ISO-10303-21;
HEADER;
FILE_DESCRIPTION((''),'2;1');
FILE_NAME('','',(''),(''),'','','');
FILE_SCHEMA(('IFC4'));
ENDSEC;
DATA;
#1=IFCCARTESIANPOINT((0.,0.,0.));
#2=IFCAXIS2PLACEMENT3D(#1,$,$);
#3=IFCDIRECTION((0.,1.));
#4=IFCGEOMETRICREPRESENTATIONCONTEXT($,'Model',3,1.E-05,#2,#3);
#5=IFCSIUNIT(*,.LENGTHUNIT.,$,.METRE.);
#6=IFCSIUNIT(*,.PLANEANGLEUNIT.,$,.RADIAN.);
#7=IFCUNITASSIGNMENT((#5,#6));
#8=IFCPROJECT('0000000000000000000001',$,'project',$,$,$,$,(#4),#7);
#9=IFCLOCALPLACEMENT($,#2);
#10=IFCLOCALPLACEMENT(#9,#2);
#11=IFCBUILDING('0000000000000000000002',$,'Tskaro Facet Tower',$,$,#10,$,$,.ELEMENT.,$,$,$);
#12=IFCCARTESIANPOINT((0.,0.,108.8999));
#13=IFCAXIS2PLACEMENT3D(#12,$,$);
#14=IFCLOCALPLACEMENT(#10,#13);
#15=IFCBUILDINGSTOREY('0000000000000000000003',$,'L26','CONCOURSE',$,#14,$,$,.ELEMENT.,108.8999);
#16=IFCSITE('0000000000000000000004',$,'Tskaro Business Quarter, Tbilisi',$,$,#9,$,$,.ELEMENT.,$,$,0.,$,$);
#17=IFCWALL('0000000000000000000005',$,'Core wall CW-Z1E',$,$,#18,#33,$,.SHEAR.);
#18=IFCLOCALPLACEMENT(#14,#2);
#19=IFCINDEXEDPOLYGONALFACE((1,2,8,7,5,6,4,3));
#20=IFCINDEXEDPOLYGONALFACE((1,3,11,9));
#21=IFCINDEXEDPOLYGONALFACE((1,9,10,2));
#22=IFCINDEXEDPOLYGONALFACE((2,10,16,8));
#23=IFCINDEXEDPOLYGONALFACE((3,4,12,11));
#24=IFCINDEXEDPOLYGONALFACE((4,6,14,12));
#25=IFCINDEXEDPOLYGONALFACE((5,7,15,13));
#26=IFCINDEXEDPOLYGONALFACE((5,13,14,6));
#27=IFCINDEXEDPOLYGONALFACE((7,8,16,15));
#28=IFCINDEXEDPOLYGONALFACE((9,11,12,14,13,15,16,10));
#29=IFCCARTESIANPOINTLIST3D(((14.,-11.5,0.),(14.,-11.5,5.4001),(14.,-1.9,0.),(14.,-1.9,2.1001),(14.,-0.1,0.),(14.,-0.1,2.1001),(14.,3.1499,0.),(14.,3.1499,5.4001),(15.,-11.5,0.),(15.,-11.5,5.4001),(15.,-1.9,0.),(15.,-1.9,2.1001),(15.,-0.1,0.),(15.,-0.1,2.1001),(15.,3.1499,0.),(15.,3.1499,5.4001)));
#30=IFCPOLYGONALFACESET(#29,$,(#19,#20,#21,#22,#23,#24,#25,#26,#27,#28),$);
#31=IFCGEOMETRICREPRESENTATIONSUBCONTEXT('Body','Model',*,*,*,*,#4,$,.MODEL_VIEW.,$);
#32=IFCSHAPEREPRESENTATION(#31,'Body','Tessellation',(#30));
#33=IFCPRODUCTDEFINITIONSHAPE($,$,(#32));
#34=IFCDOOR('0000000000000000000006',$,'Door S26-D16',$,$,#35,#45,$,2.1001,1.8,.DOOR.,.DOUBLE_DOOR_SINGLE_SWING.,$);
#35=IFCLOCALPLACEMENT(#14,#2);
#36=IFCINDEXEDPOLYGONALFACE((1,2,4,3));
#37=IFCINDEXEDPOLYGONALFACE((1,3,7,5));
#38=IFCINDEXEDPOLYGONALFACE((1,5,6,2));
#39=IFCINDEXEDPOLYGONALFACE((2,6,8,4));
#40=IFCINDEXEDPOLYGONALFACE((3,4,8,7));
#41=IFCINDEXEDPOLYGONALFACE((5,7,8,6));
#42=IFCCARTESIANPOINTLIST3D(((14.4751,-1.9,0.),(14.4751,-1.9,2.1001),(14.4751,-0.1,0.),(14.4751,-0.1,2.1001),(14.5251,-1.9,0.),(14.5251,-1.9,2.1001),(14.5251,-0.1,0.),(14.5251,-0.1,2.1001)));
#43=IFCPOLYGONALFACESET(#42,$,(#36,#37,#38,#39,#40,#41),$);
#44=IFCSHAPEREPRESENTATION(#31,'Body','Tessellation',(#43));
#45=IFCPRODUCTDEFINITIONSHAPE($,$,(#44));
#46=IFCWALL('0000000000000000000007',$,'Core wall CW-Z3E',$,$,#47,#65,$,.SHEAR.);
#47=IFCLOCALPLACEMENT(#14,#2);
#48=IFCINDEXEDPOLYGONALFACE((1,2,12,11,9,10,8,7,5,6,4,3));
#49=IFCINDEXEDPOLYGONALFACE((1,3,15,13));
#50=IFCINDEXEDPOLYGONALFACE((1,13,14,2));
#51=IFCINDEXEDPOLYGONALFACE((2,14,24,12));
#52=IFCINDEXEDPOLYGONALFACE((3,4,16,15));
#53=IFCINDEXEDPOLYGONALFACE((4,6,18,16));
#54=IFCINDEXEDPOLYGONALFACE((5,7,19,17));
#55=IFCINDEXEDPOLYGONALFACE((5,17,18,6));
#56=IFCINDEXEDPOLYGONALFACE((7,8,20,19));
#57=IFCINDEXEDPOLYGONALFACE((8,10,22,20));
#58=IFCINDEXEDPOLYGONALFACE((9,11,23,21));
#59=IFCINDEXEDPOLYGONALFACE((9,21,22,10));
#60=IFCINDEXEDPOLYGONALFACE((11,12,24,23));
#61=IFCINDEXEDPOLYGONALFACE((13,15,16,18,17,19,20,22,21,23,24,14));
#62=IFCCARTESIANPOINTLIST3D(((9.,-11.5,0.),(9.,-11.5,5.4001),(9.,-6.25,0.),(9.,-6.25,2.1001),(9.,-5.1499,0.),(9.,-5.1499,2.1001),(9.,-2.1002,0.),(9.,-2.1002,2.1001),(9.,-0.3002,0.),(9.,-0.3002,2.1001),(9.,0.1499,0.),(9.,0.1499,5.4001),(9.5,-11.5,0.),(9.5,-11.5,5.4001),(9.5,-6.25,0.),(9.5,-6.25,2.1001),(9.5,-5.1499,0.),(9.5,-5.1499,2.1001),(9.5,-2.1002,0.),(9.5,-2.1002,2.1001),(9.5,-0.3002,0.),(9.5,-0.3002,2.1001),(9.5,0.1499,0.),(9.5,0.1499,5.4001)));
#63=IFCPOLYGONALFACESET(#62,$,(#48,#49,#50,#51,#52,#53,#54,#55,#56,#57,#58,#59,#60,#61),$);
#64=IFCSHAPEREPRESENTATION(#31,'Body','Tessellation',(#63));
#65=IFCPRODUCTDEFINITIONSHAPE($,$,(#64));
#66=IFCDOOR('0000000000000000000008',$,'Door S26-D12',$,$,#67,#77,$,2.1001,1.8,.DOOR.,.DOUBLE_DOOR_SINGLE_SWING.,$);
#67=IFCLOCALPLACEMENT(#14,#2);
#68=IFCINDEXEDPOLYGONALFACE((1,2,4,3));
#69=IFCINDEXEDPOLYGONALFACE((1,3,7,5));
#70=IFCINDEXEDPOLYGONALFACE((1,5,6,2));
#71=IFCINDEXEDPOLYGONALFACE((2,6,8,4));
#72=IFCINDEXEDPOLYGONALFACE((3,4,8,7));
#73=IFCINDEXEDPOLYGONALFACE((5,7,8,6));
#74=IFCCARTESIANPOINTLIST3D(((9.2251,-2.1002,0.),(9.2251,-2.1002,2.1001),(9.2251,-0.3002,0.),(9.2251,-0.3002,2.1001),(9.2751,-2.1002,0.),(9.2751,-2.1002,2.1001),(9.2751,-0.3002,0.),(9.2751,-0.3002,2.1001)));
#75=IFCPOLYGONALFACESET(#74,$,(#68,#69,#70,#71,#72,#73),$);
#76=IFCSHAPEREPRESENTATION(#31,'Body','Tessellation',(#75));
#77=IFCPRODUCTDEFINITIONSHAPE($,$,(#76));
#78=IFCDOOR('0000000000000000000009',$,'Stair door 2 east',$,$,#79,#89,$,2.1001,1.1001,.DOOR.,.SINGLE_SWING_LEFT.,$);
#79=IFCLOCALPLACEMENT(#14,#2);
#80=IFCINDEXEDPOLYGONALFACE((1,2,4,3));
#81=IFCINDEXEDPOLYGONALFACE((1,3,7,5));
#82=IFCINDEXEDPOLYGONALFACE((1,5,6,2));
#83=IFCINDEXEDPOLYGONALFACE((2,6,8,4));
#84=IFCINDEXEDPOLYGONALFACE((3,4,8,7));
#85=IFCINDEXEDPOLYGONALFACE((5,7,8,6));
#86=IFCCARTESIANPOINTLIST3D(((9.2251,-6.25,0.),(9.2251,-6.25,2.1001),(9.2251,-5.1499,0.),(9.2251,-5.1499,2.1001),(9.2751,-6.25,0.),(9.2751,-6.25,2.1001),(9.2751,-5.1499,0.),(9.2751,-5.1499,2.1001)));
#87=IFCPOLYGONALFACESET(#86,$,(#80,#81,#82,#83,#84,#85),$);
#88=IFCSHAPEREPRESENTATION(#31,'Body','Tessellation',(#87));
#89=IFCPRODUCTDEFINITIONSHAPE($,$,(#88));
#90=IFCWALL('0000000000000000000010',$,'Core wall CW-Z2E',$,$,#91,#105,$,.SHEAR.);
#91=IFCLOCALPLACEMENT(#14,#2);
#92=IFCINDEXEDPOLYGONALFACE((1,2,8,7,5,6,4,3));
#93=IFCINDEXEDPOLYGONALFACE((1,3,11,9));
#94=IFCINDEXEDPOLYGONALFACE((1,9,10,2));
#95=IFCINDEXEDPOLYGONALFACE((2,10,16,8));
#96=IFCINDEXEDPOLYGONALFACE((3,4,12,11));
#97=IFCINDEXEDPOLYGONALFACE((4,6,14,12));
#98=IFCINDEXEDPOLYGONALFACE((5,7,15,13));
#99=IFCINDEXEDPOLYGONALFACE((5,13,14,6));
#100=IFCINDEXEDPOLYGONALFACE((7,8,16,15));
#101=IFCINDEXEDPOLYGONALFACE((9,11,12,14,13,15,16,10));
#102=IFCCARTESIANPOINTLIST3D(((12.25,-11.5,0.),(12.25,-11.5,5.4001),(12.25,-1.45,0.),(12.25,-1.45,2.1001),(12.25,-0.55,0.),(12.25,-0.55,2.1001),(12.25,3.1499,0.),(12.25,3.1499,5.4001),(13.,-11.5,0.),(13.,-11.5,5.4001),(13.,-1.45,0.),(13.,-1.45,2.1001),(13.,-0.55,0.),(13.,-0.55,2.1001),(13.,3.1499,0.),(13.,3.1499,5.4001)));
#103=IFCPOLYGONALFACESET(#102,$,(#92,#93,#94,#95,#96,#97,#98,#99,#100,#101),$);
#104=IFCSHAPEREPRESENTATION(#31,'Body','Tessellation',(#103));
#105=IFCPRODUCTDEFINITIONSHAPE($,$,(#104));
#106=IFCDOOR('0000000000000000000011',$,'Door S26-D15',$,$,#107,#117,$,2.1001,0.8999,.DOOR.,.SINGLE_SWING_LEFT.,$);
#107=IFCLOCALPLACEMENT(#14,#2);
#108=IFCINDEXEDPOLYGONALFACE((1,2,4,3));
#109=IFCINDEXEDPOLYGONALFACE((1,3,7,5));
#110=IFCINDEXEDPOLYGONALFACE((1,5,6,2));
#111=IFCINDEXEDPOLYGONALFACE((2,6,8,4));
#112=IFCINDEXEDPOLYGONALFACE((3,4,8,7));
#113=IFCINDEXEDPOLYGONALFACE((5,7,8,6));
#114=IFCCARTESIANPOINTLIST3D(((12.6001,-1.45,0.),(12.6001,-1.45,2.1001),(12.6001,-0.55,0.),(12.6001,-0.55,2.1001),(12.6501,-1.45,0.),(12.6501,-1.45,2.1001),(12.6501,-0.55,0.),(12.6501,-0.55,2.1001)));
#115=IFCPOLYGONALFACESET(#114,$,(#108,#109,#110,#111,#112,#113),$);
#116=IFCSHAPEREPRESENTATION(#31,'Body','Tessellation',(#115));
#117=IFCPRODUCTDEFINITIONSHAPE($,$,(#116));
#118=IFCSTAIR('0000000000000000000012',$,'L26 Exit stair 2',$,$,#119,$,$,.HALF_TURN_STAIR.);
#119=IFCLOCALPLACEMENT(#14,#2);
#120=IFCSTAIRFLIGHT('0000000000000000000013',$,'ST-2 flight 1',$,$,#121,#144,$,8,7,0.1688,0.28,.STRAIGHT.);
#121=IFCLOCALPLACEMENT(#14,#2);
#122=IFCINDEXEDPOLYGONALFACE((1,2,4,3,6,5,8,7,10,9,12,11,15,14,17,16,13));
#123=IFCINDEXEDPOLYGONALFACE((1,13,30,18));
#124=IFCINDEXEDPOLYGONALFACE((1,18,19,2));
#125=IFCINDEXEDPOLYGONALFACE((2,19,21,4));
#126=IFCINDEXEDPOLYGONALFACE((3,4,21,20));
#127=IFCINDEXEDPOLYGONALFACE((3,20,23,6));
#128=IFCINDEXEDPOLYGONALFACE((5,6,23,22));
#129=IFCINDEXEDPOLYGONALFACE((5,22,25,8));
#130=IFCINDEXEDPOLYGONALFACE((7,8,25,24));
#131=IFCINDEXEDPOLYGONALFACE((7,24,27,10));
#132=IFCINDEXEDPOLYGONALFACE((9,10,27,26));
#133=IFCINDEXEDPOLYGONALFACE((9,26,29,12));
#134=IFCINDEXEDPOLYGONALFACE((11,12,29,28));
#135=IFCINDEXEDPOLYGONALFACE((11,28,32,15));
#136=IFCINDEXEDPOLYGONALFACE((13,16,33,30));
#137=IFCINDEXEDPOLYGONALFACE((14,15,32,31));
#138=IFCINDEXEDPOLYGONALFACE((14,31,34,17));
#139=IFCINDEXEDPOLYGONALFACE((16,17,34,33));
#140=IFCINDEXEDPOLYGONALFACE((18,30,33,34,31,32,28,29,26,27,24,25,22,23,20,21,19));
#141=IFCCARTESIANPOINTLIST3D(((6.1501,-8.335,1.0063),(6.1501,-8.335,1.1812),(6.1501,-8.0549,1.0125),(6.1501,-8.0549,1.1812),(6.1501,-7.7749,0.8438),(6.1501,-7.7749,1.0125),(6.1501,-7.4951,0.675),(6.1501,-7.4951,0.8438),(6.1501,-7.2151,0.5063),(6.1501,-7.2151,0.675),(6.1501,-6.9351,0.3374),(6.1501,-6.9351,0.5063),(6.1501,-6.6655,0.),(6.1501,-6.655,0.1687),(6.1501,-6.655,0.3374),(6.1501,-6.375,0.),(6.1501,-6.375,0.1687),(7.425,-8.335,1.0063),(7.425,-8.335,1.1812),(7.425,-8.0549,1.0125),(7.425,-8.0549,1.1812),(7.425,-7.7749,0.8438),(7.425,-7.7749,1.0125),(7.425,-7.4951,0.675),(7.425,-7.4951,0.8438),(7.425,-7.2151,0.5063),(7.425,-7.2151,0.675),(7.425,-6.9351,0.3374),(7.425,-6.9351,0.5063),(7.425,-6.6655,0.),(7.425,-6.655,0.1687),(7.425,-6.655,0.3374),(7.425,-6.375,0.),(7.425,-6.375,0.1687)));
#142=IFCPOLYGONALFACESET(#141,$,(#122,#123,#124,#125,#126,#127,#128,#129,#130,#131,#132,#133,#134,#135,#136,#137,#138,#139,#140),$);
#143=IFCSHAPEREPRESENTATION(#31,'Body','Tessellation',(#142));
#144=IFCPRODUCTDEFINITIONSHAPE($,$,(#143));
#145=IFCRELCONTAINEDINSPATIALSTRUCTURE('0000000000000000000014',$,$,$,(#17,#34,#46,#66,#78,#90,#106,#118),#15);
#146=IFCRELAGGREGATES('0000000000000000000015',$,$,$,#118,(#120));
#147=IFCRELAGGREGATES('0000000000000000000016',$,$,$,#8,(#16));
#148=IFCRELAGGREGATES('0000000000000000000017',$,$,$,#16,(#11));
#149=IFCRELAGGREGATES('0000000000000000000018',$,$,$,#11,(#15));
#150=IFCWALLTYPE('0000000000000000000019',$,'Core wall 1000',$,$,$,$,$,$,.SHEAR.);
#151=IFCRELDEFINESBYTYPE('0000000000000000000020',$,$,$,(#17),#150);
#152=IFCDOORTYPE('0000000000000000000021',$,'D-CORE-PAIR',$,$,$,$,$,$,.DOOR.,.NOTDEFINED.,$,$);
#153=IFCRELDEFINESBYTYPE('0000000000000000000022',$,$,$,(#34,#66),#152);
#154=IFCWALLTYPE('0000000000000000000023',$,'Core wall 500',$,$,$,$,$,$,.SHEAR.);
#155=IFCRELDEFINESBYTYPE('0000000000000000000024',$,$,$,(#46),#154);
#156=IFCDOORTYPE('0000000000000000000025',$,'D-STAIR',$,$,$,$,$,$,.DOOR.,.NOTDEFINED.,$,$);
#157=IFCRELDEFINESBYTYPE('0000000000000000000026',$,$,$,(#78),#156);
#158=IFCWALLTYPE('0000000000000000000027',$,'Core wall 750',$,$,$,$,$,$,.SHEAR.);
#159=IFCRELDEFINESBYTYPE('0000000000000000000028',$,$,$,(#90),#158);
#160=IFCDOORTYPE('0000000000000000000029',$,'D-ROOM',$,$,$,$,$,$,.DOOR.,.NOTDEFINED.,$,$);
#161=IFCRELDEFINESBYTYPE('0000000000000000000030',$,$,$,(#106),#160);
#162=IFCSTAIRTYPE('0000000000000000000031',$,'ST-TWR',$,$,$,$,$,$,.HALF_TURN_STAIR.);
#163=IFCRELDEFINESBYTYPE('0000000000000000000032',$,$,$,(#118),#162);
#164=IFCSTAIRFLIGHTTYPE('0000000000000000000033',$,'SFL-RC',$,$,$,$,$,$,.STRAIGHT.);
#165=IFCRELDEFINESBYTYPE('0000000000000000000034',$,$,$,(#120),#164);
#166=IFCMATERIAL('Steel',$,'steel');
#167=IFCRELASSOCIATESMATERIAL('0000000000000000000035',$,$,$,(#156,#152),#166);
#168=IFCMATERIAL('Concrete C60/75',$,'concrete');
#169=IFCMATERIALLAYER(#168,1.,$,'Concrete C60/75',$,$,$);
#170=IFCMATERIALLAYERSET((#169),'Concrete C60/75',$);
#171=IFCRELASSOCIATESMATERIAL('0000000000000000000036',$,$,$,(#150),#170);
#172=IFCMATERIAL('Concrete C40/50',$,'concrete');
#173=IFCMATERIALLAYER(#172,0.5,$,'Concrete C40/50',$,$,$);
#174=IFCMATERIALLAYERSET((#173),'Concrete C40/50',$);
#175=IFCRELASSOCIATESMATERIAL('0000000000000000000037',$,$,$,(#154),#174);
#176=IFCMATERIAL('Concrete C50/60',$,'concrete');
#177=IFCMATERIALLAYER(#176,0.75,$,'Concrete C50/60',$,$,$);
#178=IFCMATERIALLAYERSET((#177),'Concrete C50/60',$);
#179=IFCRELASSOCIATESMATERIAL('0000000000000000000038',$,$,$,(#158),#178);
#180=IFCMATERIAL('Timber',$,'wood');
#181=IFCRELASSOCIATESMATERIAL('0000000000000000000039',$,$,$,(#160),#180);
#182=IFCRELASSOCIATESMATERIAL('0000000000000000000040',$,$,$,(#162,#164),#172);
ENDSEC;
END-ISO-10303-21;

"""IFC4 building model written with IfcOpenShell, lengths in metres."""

from ifc_helpers import new_model, si_unit, direction, frame, frame_2d, origin, place, context, subcontext, project, spatial, polyline, rectangle, outline, extrude, material, layer, layer_set, type_object, element, fill, aggregate, save


model = new_model("IFC4")

# Units and contexts
model_context = context("Model", 3, precision=1e-05, world=origin(), true_north=direction((0.0, 1.0)))
body_context = subcontext(model_context, "Body", "Model", "MODEL_VIEW")
ifc_project = project(units=[si_unit("LENGTHUNIT", "METRE"), si_unit("PLANEANGLEUNIT", "RADIAN")], contexts=[model_context])

# Site, building, storey
site_placement = place(None, origin())
site = spatial("IfcSite", under=ifc_project, at=site_placement, Name="Tskaro Business Quarter, Tbilisi", CompositionType="ELEMENT", RefElevation=0.0)
building_placement = place(site_placement, origin())
building = spatial("IfcBuilding", under=site, at=building_placement, Name="Tskaro Facet Tower", CompositionType="ELEMENT")
storey_placement = place(building_placement, frame((0.0, 0.0, 108.8999)))
storey = spatial("IfcBuildingStorey", under=building, at=storey_placement, Name="L26", Description="CONCOURSE", CompositionType="ELEMENT", Elevation=108.8999)

# Shared definitions
ifc_material_1 = material(Name="Concrete C60/75", Category="concrete")

# Shared definitions
ifc_material_2 = material(Name="Steel", Category="steel")
door_type_1 = type_object("IfcDoorType", Name="D-STAIR", OperationType="NOTDEFINED", PredefinedType="DOOR", material=ifc_material_2)

# Wall, opening, door
ifc_layer_1 = layer(ifc_material_1, 1.0, Name="Concrete C60/75")
ifc_layer_set_1 = layer_set([ifc_layer_1], Name="Concrete C60/75")
wall_type_1 = type_object("IfcWallType", Name="Core wall 1000", PredefinedType="SHEAR", material=ifc_layer_set_1)
wall_1_placement = place(storey_placement, frame((14.5, -11.5, 0.0), z_axis=(0.0, 0.0, 1.0), x_axis=(0.0, 1.0, 0.0)))
wall_1 = element("IfcWall", 1, at=wall_1_placement, inside=storey, type_object=wall_type_1, Name="Core wall CW-Z1E", PredefinedType="SHEAR", context=body_context, shape_type="SweptSolid", body=[
    extrude(rectangle(XDim=14.6499, YDim=1.0, at=frame_2d((7.325, 0.0))), origin(), (0.0, 0.0, 1.0), 5.4001),
])
opening_1_placement = place(wall_1_placement, frame((9.6001, 0.0, 0.0)))
opening_1 = element("IfcOpeningElement", 2, at=opening_1_placement, cuts=wall_1, PredefinedType="OPENING", context=body_context, shape_type="SweptSolid", body=[
    extrude(rectangle(XDim=1.8, YDim=2.1001, at=frame_2d((0.8999, 1.05))), frame((0.0, 0.51, 0.0), z_axis=(0.0, -1.0, 0.0), x_axis=(1.0, 0.0, 0.0)), (0.0, 0.0, 1.0), 1.02),
])
door_type_2 = type_object("IfcDoorType", Name="D-CORE-PAIR", OperationType="NOTDEFINED", PredefinedType="DOOR", material=ifc_material_2)
door_1_placement = place(opening_1_placement, origin())
door_1 = element("IfcDoor", 3, at=door_1_placement, inside=storey, type_object=door_type_2, Name="Door S26-D16", OperationType="DOUBLE_DOOR_SINGLE_SWING", OverallHeight=2.1001, OverallWidth=1.8, PredefinedType="DOOR", context=body_context, shape_type="SweptSolid", body=[
    extrude(rectangle(XDim=1.8, YDim=2.1001, at=frame_2d((0.8999, 1.05))), frame((0.0, 0.0249, 0.0), z_axis=(0.0, -1.0, 0.0), x_axis=(1.0, 0.0, 0.0)), (0.0, 0.0, 1.0), 0.05),
])
fill(opening_1, door_1)

# Wall, openings, doors
ifc_material_3 = material(Name="Concrete C40/50", Category="concrete")
ifc_layer_2 = layer(ifc_material_3, 0.5, Name="Concrete C40/50")
ifc_layer_set_2 = layer_set([ifc_layer_2], Name="Concrete C40/50")
wall_type_2 = type_object("IfcWallType", Name="Core wall 500", PredefinedType="SHEAR", material=ifc_layer_set_2)
wall_2_placement = place(storey_placement, frame((9.25, -11.5, 0.0), z_axis=(0.0, 0.0, 1.0), x_axis=(0.0, 1.0, 0.0)))
wall_2 = element("IfcWall", 4, at=wall_2_placement, inside=storey, type_object=wall_type_2, Name="Core wall CW-Z3E", PredefinedType="SHEAR", context=body_context, shape_type="SweptSolid", body=[
    extrude(rectangle(XDim=11.6499, YDim=0.5, at=frame_2d((5.825, 0.0))), origin(), (0.0, 0.0, 1.0), 5.4001),
])
opening_2_placement = place(wall_2_placement, frame((9.3999, 0.0, 0.0)))
opening_2 = element("IfcOpeningElement", 5, at=opening_2_placement, cuts=wall_2, PredefinedType="OPENING", context=body_context, shape_type="SweptSolid", body=[
    extrude(rectangle(XDim=1.8, YDim=2.1001, at=frame_2d((0.8999, 1.05))), frame((0.0, 0.26, 0.0), z_axis=(0.0, -1.0, 0.0), x_axis=(1.0, 0.0, 0.0)), (0.0, 0.0, 1.0), 0.52),
])
opening_3_placement = place(wall_2_placement, frame((5.25, 0.0, 0.0)))
opening_3 = element("IfcOpeningElement", 6, at=opening_3_placement, cuts=wall_2, PredefinedType="OPENING", context=body_context, shape_type="SweptSolid", body=[
    extrude(rectangle(XDim=1.1001, YDim=2.1001, at=frame_2d((0.55, 1.05))), frame((0.0, 0.26, 0.0), z_axis=(0.0, -1.0, 0.0), x_axis=(1.0, 0.0, 0.0)), (0.0, 0.0, 1.0), 0.52),
])
door_2_placement = place(opening_2_placement, origin())
door_2 = element("IfcDoor", 7, at=door_2_placement, inside=storey, type_object=door_type_2, Name="Door S26-D12", OperationType="DOUBLE_DOOR_SINGLE_SWING", OverallHeight=2.1001, OverallWidth=1.8, PredefinedType="DOOR", context=body_context, shape_type="SweptSolid", body=[
    extrude(rectangle(XDim=1.8, YDim=2.1001, at=frame_2d((0.8999, 1.05))), frame((0.0, 0.0249, 0.0), z_axis=(0.0, -1.0, 0.0), x_axis=(1.0, 0.0, 0.0)), (0.0, 0.0, 1.0), 0.05),
])
fill(opening_2, door_2)
door_3_placement = place(opening_3_placement, origin())
door_3 = element("IfcDoor", 8, at=door_3_placement, inside=storey, type_object=door_type_1, Name="Stair door 2 east", OperationType="SINGLE_SWING_LEFT", OverallHeight=2.1001, OverallWidth=1.1001, PredefinedType="DOOR", context=body_context, shape_type="SweptSolid", body=[
    extrude(rectangle(XDim=1.1001, YDim=2.1001, at=frame_2d((0.55, 1.05))), frame((0.0, 0.0249, 0.0), z_axis=(0.0, -1.0, 0.0), x_axis=(1.0, 0.0, 0.0)), (0.0, 0.0, 1.0), 0.05),
])
fill(opening_3, door_3)

# Wall, opening, door
ifc_material_4 = material(Name="Concrete C50/60", Category="concrete")
ifc_layer_3 = layer(ifc_material_4, 0.75, Name="Concrete C50/60")
ifc_layer_set_3 = layer_set([ifc_layer_3], Name="Concrete C50/60")
wall_type_3 = type_object("IfcWallType", Name="Core wall 750", PredefinedType="SHEAR", material=ifc_layer_set_3)
wall_3_placement = place(storey_placement, frame((12.625, -11.5, 0.0), z_axis=(0.0, 0.0, 1.0), x_axis=(0.0, 1.0, 0.0)))
wall_3 = element("IfcWall", 9, at=wall_3_placement, inside=storey, type_object=wall_type_3, Name="Core wall CW-Z2E", PredefinedType="SHEAR", context=body_context, shape_type="SweptSolid", body=[
    extrude(rectangle(XDim=14.6499, YDim=0.75, at=frame_2d((7.325, 0.0))), origin(), (0.0, 0.0, 1.0), 5.4001),
])
opening_4_placement = place(wall_3_placement, frame((10.05, 0.0, 0.0)))
opening_4 = element("IfcOpeningElement", 10, at=opening_4_placement, cuts=wall_3, PredefinedType="OPENING", context=body_context, shape_type="SweptSolid", body=[
    extrude(rectangle(XDim=0.8999, YDim=2.1001, at=frame_2d((0.45, 1.05))), frame((0.0, 0.385, 0.0), z_axis=(0.0, -1.0, 0.0), x_axis=(1.0, 0.0, 0.0)), (0.0, 0.0, 1.0), 0.77),
])
ifc_material_5 = material(Name="Timber", Category="wood")
door_type_3 = type_object("IfcDoorType", Name="D-ROOM", OperationType="NOTDEFINED", PredefinedType="DOOR", material=ifc_material_5)
door_4_placement = place(opening_4_placement, origin())
door_4 = element("IfcDoor", 11, at=door_4_placement, inside=storey, type_object=door_type_3, Name="Door S26-D15", OperationType="SINGLE_SWING_LEFT", OverallHeight=2.1001, OverallWidth=0.8999, PredefinedType="DOOR", context=body_context, shape_type="SweptSolid", body=[
    extrude(rectangle(XDim=0.8999, YDim=2.1001, at=frame_2d((0.45, 1.05))), frame((0.0, 0.0249, 0.0), z_axis=(0.0, -1.0, 0.0), x_axis=(1.0, 0.0, 0.0)), (0.0, 0.0, 1.0), 0.05),
])
fill(opening_4, door_4)

# Stair, stair flight
stair_type = type_object("IfcStairType", Name="ST-TWR", PredefinedType="HALF_TURN_STAIR", material=ifc_material_3)
stair_placement = place(storey_placement, origin())
stair = element("IfcStair", 12, at=stair_placement, inside=storey, type_object=stair_type, Name="L26 Exit stair 2", PredefinedType="HALF_TURN_STAIR")
stair_flight_type = type_object("IfcStairFlightType", Name="SFL-RC", PredefinedType="STRAIGHT", material=ifc_material_3)
stair_flight_1_placement = place(storey_placement, frame((6.7876, -6.375, 0.0), z_axis=(0.0, 0.0, 1.0), x_axis=(0.0, -1.0, 0.0)))
stair_flight_1 = element("IfcStairFlight", 13, at=stair_flight_1_placement, type_object=stair_flight_type, Name="ST-2 flight 1", NumberOfRisers=8, NumberOfTreads=7, PredefinedType="STRAIGHT", RiserHeight=0.1688, TreadLength=0.28, context=body_context, shape_type="SweptSolid", body=[
    extrude(outline(polyline([(0.0, 0.0), (0.0, 0.1687), (0.28, 0.1687), (0.28, 0.3374), (0.5601, 0.3374), (0.5601, 0.5063), (0.8401, 0.5063), (0.8401, 0.675), (1.1201, 0.675), (1.1201, 0.8438), (1.3999, 0.8438), (1.3999, 1.0125), (1.6799, 1.0125), (1.6799, 1.1812), (1.96, 1.1812), (1.96, 1.3501), (1.96, 1.0063), (0.2905, 0.0), (0.0, 0.0)])), frame((0.0, 0.6375, 0.0), z_axis=(0.0, -1.0, 0.0), x_axis=(1.0, 0.0, 0.0)), (0.0, 0.0, 1.0), 1.2749),
])
aggregate(stair, [stair_flight_1])

save(model, "model.ifc")
